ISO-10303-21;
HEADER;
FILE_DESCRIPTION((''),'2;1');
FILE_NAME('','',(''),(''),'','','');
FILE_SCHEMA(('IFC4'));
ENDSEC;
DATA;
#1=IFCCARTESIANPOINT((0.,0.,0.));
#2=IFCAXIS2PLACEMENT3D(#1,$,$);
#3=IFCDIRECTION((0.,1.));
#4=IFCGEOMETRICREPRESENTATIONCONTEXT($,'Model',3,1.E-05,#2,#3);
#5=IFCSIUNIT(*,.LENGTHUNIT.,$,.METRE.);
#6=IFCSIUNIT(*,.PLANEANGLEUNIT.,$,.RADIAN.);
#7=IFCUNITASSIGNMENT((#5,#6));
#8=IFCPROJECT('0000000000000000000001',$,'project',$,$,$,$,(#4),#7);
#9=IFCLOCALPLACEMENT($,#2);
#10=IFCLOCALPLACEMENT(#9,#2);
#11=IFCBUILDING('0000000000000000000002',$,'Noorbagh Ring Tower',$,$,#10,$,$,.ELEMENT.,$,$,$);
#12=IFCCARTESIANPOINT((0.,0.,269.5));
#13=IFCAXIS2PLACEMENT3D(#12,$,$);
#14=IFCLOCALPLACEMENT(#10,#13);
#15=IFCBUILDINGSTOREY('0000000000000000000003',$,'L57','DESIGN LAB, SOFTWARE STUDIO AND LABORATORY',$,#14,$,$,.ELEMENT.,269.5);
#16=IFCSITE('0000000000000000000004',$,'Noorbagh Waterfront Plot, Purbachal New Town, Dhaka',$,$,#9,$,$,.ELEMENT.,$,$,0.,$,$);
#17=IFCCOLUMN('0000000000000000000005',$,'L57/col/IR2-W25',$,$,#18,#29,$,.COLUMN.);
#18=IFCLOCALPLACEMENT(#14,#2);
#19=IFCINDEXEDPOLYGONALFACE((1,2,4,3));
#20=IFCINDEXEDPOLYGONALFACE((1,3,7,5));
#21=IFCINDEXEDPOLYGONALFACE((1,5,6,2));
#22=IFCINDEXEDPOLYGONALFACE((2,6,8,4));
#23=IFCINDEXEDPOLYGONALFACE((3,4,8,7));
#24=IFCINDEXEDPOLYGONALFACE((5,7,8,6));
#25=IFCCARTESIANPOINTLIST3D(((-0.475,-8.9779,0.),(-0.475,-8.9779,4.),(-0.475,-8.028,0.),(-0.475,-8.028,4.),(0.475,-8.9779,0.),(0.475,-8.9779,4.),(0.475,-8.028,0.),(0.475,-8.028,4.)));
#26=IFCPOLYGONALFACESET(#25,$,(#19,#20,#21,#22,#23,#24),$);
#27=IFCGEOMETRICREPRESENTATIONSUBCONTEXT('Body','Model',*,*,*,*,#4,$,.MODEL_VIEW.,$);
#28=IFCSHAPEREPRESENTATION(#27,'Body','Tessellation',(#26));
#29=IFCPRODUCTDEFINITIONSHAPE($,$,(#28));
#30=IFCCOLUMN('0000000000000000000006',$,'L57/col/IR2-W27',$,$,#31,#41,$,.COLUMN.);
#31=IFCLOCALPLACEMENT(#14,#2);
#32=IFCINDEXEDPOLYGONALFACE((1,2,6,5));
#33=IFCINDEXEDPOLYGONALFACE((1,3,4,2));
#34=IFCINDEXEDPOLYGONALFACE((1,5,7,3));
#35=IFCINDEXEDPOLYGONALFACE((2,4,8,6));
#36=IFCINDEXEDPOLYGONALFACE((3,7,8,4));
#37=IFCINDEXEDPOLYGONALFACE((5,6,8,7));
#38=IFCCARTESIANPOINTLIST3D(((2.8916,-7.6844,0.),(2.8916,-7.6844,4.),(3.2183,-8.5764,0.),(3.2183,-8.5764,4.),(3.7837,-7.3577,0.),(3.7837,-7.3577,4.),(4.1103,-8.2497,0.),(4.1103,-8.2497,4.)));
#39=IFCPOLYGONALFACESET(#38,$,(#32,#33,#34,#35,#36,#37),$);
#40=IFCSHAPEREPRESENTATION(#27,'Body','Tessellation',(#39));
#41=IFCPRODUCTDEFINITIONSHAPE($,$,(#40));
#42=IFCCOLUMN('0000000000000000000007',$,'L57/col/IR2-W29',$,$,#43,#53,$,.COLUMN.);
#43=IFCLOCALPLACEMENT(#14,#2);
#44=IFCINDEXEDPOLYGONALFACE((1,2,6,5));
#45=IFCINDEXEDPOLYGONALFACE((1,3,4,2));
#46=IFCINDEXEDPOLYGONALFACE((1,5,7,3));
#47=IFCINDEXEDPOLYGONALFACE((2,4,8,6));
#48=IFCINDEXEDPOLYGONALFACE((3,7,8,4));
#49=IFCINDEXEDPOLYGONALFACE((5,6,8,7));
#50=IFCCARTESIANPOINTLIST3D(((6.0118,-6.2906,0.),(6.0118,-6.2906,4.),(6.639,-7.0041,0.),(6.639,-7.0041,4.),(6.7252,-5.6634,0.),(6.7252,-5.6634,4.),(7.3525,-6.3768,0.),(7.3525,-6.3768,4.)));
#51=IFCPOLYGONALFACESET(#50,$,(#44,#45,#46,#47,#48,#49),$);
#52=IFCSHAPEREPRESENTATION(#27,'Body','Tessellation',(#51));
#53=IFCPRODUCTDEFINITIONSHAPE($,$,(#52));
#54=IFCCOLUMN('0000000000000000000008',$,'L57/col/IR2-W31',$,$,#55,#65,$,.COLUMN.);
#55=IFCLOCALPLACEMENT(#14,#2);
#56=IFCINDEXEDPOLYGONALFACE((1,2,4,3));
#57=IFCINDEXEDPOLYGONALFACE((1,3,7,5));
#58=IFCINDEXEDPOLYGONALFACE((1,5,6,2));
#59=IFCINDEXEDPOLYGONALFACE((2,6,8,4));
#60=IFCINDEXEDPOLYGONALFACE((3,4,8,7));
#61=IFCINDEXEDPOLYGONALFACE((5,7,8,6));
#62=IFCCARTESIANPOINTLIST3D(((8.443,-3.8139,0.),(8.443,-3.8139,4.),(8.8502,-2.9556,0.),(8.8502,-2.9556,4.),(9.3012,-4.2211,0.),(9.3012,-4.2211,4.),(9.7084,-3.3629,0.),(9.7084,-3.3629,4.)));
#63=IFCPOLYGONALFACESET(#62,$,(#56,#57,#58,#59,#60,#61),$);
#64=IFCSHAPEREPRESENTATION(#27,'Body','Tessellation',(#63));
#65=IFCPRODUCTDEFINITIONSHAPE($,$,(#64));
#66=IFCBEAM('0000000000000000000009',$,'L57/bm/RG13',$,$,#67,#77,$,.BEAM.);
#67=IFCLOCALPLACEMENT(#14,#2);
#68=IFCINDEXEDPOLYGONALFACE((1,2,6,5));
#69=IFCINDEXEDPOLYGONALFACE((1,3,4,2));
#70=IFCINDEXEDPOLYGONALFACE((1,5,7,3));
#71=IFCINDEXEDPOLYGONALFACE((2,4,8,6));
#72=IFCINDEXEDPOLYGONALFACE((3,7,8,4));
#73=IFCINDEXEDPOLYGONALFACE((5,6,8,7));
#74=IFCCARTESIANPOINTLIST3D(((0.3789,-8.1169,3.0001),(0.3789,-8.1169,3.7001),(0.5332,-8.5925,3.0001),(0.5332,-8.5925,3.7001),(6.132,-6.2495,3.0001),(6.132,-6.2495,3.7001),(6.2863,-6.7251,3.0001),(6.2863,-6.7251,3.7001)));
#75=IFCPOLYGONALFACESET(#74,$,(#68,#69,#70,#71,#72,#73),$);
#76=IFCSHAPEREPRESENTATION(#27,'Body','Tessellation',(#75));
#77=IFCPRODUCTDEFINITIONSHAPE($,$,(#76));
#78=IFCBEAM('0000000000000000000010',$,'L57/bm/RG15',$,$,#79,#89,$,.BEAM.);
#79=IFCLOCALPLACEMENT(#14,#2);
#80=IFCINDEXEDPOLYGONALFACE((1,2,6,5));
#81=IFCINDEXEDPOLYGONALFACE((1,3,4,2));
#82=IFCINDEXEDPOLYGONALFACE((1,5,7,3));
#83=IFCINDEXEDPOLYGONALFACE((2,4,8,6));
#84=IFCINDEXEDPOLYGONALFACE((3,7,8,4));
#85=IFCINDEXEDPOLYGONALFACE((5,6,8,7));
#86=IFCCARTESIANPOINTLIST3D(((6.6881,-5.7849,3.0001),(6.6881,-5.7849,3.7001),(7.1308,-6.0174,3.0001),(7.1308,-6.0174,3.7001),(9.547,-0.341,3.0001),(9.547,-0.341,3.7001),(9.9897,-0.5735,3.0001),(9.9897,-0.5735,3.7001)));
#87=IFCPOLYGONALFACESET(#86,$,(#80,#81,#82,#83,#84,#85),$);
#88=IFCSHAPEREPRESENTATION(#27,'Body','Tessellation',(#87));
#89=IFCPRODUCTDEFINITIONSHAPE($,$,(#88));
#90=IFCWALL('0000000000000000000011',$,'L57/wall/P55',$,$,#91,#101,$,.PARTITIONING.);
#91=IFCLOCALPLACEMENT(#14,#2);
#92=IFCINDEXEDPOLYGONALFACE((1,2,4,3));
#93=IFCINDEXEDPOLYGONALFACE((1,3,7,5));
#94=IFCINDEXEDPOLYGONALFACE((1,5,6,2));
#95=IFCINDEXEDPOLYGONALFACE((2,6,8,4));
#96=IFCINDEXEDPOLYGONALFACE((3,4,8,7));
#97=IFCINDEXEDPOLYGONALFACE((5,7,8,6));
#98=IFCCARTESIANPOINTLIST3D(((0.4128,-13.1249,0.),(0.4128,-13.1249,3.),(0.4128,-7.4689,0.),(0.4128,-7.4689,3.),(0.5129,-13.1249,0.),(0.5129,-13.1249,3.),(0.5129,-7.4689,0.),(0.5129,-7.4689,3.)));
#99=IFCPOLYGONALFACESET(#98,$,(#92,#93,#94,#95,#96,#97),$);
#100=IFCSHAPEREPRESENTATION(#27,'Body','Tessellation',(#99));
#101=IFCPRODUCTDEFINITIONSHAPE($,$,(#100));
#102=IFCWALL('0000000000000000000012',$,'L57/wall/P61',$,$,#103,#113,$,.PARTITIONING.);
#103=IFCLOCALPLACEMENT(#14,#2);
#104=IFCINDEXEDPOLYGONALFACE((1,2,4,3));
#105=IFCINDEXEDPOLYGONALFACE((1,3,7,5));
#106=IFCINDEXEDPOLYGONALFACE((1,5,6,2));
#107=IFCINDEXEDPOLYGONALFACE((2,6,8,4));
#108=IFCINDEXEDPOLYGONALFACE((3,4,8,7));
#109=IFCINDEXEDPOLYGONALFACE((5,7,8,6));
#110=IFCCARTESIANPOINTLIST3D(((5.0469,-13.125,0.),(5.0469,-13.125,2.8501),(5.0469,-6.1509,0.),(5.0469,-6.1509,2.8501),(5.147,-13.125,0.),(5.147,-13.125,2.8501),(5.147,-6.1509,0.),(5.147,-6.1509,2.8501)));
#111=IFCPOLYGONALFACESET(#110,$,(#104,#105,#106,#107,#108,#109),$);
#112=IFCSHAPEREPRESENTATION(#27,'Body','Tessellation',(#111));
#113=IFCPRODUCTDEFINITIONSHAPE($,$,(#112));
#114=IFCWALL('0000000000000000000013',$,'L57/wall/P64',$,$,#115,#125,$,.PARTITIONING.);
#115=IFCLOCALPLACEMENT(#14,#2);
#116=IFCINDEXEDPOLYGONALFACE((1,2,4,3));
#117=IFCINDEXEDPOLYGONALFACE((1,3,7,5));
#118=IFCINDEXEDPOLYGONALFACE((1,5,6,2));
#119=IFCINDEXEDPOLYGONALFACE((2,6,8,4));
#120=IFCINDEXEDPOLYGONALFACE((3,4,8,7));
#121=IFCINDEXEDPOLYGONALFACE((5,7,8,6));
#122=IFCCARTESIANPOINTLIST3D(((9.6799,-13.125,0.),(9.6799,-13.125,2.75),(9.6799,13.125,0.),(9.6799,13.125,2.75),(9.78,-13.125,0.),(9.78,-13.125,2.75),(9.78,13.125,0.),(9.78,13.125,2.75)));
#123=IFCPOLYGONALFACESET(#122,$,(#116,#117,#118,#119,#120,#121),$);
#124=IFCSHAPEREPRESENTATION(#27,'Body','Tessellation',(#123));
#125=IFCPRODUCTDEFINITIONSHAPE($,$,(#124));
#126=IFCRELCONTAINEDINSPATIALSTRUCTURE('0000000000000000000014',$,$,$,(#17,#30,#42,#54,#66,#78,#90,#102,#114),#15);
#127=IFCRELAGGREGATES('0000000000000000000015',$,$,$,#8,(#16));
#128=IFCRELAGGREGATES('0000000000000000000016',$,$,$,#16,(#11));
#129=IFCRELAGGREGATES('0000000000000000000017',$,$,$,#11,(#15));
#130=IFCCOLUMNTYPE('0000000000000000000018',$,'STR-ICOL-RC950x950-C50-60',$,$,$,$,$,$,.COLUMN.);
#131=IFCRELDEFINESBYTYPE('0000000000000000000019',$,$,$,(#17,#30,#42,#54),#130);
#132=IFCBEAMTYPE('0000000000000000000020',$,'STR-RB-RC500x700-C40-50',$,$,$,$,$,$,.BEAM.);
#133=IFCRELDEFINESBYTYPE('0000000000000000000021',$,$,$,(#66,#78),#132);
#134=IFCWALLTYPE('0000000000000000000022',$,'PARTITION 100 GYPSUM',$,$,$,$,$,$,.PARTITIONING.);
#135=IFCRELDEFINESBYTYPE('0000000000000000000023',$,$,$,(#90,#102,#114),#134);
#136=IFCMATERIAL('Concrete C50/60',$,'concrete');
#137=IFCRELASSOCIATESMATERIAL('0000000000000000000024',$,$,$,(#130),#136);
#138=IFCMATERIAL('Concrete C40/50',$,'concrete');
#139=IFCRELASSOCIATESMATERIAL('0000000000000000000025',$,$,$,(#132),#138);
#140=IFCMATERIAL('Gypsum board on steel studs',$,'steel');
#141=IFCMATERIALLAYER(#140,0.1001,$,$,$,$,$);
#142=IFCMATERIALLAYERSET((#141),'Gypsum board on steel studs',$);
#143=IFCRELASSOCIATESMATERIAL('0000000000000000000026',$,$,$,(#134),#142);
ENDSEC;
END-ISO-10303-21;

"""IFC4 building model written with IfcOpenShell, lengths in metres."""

from ifc_helpers import new_model, si_unit, direction, frame, frame_2d, origin, origin_2d, place, context, subcontext, project, spatial, rectangle, extrude, material, layer, layer_set, material_profile, profile_set, type_object, element, save


model = new_model("IFC4")

# Units and contexts
model_context = context("Model", 3, precision=1e-05, world=origin(), true_north=direction((0.0, 1.0)))
body_context = subcontext(model_context, "Body", "Model", "MODEL_VIEW")
ifc_project = project(units=[si_unit("LENGTHUNIT", "METRE"), si_unit("PLANEANGLEUNIT", "RADIAN")], contexts=[model_context])

# Site, building, storey
site_placement = place(None, origin())
site = spatial("IfcSite", under=ifc_project, at=site_placement, Name="Noorbagh Waterfront Plot, Purbachal New Town, Dhaka", CompositionType="ELEMENT", RefElevation=0.0)
building_placement = place(site_placement, origin())
building = spatial("IfcBuilding", under=site, at=building_placement, Name="Noorbagh Ring Tower", CompositionType="ELEMENT")
storey_placement = place(building_placement, frame((0.0, 0.0, 269.5)))
storey = spatial("IfcBuildingStorey", under=building, at=storey_placement, Name="L57", Description="DESIGN LAB, SOFTWARE STUDIO AND LABORATORY", CompositionType="ELEMENT", Elevation=269.5)

# Columns
ifc_material_1 = material(Name="Concrete C50/60", Category="concrete")
ifc_material_profile_1 = material_profile(ifc_material_1, rectangle(XDim=0.95, YDim=0.95, at=origin_2d()), Name="RC950x950")
ifc_profile_set_1 = profile_set([ifc_material_profile_1], Name="Concrete C50/60")
column_type = type_object("IfcColumnType", Name="STR-ICOL-RC950x950-C50-60", PredefinedType="COLUMN", material=ifc_profile_set_1)
for number, where, z_axis, x_axis, name in (
    (1, (0.0, -8.5029, 0.0), (0.0, 0.0, 1.0), (1.0, 0.0, 0.0), "L57/col/IR2-W25"),
    (2, (3.501, -7.967, 0.0), (0.0, 0.0, 1.0), (0.93902, 0.343864, 0.0), "L57/col/IR2-W27"),
    (3, (6.6821, -6.3337, 0.0), (0.0, 0.0, 1.0), (0.751022, 0.660277, 0.0), "L57/col/IR2-W29"),
    (4, (9.0757, -3.5884, 0.0), (0.0, 0.0, 1.0), (0.428667, 0.903463, 0.0), "L57/col/IR2-W31"),
):
    element("IfcColumn", number, at=place(storey_placement, frame(where, z_axis=z_axis, x_axis=x_axis)), inside=storey, type_object=column_type, Name=name, PredefinedType="COLUMN", context=body_context, shape_type="SweptSolid", body=[
        extrude(rectangle(XDim=0.95, YDim=0.95, at=origin_2d()), origin(), (0.0, 0.0, 1.0), 4.0),
    ])

# Beams
ifc_material_2 = material(Name="Concrete C40/50", Category="concrete")
ifc_material_profile_2 = material_profile(ifc_material_2, rectangle(XDim=0.5, YDim=0.7, at=origin_2d()), Name="RC500x700")
ifc_profile_set_2 = profile_set([ifc_material_profile_2], Name="Concrete C40/50")
beam_type = type_object("IfcBeamType", Name="STR-RB-RC500x700-C40-50", PredefinedType="BEAM", material=ifc_profile_set_2)
beam_1_placement = place(storey_placement, frame((0.4561, -8.3547, 3.3501), z_axis=(0.951148, 0.308735, 0.0), x_axis=(-0.308735, 0.951148, 0.0)))
element("IfcBeam", 5, at=beam_1_placement, inside=storey, type_object=beam_type, Name="L57/bm/RG13", PredefinedType="BEAM", context=body_context, shape_type="SweptSolid", body=[
    extrude(rectangle(XDim=0.5, YDim=0.7, at=origin_2d()), origin(), (0.0, 0.0, 1.0), 6.0486),
])
beam_2_placement = place(storey_placement, frame((6.9094, -5.9011, 3.3501), z_axis=(0.464944, 0.88534, 0.0), x_axis=(-0.88534, 0.464944, 0.0)))
element("IfcBeam", 6, at=beam_2_placement, inside=storey, type_object=beam_type, Name="L57/bm/RG15", PredefinedType="BEAM", context=body_context, shape_type="SweptSolid", body=[
    extrude(rectangle(XDim=0.5, YDim=0.7, at=origin_2d()), origin(), (0.0, 0.0, 1.0), 6.1489),
])

# Walls
ifc_material_3 = material(Name="Gypsum board on steel studs", Category="steel")
ifc_layer = layer(ifc_material_3, 0.1001)
ifc_layer_set = layer_set([ifc_layer], Name="Gypsum board on steel studs")
wall_type = type_object("IfcWallType", Name="PARTITION 100 GYPSUM", PredefinedType="PARTITIONING", material=ifc_layer_set)
wall_1_placement = place(storey_placement, frame((0.4629, -13.125, 0.0), z_axis=(0.0, 0.0, 1.0), x_axis=(0.0, 1.0, 0.0)))
element("IfcWall", 7, at=wall_1_placement, inside=storey, type_object=wall_type, Name="L57/wall/P55", PredefinedType="PARTITIONING", context=body_context, shape_type="SweptSolid", body=[
    extrude(rectangle(XDim=5.656, YDim=0.1001, at=frame_2d((2.8281, 0.0))), origin(), (0.0, 0.0, 1.0), 3.0),
])
wall_2_placement = place(storey_placement, frame((5.0969, -13.125, 0.0), z_axis=(0.0, 0.0, 1.0), x_axis=(0.0, 1.0, 0.0)))
element("IfcWall", 8, at=wall_2_placement, inside=storey, type_object=wall_type, Name="L57/wall/P61", PredefinedType="PARTITIONING", context=body_context, shape_type="SweptSolid", body=[
    extrude(rectangle(XDim=6.9741, YDim=0.1001, at=frame_2d((3.4871, 0.0))), origin(), (0.0, 0.0, 1.0), 2.8501),
])
wall_3_placement = place(storey_placement, frame((9.73, -13.125, 0.0), z_axis=(0.0, 0.0, 1.0), x_axis=(0.0, 1.0, 0.0)))
element("IfcWall", 9, at=wall_3_placement, inside=storey, type_object=wall_type, Name="L57/wall/P64", PredefinedType="PARTITIONING", context=body_context, shape_type="SweptSolid", body=[
    extrude(rectangle(XDim=26.25, YDim=0.1001, at=frame_2d((13.125, 0.0))), origin(), (0.0, 0.0, 1.0), 2.75),
])

save(model, "model.ifc")
